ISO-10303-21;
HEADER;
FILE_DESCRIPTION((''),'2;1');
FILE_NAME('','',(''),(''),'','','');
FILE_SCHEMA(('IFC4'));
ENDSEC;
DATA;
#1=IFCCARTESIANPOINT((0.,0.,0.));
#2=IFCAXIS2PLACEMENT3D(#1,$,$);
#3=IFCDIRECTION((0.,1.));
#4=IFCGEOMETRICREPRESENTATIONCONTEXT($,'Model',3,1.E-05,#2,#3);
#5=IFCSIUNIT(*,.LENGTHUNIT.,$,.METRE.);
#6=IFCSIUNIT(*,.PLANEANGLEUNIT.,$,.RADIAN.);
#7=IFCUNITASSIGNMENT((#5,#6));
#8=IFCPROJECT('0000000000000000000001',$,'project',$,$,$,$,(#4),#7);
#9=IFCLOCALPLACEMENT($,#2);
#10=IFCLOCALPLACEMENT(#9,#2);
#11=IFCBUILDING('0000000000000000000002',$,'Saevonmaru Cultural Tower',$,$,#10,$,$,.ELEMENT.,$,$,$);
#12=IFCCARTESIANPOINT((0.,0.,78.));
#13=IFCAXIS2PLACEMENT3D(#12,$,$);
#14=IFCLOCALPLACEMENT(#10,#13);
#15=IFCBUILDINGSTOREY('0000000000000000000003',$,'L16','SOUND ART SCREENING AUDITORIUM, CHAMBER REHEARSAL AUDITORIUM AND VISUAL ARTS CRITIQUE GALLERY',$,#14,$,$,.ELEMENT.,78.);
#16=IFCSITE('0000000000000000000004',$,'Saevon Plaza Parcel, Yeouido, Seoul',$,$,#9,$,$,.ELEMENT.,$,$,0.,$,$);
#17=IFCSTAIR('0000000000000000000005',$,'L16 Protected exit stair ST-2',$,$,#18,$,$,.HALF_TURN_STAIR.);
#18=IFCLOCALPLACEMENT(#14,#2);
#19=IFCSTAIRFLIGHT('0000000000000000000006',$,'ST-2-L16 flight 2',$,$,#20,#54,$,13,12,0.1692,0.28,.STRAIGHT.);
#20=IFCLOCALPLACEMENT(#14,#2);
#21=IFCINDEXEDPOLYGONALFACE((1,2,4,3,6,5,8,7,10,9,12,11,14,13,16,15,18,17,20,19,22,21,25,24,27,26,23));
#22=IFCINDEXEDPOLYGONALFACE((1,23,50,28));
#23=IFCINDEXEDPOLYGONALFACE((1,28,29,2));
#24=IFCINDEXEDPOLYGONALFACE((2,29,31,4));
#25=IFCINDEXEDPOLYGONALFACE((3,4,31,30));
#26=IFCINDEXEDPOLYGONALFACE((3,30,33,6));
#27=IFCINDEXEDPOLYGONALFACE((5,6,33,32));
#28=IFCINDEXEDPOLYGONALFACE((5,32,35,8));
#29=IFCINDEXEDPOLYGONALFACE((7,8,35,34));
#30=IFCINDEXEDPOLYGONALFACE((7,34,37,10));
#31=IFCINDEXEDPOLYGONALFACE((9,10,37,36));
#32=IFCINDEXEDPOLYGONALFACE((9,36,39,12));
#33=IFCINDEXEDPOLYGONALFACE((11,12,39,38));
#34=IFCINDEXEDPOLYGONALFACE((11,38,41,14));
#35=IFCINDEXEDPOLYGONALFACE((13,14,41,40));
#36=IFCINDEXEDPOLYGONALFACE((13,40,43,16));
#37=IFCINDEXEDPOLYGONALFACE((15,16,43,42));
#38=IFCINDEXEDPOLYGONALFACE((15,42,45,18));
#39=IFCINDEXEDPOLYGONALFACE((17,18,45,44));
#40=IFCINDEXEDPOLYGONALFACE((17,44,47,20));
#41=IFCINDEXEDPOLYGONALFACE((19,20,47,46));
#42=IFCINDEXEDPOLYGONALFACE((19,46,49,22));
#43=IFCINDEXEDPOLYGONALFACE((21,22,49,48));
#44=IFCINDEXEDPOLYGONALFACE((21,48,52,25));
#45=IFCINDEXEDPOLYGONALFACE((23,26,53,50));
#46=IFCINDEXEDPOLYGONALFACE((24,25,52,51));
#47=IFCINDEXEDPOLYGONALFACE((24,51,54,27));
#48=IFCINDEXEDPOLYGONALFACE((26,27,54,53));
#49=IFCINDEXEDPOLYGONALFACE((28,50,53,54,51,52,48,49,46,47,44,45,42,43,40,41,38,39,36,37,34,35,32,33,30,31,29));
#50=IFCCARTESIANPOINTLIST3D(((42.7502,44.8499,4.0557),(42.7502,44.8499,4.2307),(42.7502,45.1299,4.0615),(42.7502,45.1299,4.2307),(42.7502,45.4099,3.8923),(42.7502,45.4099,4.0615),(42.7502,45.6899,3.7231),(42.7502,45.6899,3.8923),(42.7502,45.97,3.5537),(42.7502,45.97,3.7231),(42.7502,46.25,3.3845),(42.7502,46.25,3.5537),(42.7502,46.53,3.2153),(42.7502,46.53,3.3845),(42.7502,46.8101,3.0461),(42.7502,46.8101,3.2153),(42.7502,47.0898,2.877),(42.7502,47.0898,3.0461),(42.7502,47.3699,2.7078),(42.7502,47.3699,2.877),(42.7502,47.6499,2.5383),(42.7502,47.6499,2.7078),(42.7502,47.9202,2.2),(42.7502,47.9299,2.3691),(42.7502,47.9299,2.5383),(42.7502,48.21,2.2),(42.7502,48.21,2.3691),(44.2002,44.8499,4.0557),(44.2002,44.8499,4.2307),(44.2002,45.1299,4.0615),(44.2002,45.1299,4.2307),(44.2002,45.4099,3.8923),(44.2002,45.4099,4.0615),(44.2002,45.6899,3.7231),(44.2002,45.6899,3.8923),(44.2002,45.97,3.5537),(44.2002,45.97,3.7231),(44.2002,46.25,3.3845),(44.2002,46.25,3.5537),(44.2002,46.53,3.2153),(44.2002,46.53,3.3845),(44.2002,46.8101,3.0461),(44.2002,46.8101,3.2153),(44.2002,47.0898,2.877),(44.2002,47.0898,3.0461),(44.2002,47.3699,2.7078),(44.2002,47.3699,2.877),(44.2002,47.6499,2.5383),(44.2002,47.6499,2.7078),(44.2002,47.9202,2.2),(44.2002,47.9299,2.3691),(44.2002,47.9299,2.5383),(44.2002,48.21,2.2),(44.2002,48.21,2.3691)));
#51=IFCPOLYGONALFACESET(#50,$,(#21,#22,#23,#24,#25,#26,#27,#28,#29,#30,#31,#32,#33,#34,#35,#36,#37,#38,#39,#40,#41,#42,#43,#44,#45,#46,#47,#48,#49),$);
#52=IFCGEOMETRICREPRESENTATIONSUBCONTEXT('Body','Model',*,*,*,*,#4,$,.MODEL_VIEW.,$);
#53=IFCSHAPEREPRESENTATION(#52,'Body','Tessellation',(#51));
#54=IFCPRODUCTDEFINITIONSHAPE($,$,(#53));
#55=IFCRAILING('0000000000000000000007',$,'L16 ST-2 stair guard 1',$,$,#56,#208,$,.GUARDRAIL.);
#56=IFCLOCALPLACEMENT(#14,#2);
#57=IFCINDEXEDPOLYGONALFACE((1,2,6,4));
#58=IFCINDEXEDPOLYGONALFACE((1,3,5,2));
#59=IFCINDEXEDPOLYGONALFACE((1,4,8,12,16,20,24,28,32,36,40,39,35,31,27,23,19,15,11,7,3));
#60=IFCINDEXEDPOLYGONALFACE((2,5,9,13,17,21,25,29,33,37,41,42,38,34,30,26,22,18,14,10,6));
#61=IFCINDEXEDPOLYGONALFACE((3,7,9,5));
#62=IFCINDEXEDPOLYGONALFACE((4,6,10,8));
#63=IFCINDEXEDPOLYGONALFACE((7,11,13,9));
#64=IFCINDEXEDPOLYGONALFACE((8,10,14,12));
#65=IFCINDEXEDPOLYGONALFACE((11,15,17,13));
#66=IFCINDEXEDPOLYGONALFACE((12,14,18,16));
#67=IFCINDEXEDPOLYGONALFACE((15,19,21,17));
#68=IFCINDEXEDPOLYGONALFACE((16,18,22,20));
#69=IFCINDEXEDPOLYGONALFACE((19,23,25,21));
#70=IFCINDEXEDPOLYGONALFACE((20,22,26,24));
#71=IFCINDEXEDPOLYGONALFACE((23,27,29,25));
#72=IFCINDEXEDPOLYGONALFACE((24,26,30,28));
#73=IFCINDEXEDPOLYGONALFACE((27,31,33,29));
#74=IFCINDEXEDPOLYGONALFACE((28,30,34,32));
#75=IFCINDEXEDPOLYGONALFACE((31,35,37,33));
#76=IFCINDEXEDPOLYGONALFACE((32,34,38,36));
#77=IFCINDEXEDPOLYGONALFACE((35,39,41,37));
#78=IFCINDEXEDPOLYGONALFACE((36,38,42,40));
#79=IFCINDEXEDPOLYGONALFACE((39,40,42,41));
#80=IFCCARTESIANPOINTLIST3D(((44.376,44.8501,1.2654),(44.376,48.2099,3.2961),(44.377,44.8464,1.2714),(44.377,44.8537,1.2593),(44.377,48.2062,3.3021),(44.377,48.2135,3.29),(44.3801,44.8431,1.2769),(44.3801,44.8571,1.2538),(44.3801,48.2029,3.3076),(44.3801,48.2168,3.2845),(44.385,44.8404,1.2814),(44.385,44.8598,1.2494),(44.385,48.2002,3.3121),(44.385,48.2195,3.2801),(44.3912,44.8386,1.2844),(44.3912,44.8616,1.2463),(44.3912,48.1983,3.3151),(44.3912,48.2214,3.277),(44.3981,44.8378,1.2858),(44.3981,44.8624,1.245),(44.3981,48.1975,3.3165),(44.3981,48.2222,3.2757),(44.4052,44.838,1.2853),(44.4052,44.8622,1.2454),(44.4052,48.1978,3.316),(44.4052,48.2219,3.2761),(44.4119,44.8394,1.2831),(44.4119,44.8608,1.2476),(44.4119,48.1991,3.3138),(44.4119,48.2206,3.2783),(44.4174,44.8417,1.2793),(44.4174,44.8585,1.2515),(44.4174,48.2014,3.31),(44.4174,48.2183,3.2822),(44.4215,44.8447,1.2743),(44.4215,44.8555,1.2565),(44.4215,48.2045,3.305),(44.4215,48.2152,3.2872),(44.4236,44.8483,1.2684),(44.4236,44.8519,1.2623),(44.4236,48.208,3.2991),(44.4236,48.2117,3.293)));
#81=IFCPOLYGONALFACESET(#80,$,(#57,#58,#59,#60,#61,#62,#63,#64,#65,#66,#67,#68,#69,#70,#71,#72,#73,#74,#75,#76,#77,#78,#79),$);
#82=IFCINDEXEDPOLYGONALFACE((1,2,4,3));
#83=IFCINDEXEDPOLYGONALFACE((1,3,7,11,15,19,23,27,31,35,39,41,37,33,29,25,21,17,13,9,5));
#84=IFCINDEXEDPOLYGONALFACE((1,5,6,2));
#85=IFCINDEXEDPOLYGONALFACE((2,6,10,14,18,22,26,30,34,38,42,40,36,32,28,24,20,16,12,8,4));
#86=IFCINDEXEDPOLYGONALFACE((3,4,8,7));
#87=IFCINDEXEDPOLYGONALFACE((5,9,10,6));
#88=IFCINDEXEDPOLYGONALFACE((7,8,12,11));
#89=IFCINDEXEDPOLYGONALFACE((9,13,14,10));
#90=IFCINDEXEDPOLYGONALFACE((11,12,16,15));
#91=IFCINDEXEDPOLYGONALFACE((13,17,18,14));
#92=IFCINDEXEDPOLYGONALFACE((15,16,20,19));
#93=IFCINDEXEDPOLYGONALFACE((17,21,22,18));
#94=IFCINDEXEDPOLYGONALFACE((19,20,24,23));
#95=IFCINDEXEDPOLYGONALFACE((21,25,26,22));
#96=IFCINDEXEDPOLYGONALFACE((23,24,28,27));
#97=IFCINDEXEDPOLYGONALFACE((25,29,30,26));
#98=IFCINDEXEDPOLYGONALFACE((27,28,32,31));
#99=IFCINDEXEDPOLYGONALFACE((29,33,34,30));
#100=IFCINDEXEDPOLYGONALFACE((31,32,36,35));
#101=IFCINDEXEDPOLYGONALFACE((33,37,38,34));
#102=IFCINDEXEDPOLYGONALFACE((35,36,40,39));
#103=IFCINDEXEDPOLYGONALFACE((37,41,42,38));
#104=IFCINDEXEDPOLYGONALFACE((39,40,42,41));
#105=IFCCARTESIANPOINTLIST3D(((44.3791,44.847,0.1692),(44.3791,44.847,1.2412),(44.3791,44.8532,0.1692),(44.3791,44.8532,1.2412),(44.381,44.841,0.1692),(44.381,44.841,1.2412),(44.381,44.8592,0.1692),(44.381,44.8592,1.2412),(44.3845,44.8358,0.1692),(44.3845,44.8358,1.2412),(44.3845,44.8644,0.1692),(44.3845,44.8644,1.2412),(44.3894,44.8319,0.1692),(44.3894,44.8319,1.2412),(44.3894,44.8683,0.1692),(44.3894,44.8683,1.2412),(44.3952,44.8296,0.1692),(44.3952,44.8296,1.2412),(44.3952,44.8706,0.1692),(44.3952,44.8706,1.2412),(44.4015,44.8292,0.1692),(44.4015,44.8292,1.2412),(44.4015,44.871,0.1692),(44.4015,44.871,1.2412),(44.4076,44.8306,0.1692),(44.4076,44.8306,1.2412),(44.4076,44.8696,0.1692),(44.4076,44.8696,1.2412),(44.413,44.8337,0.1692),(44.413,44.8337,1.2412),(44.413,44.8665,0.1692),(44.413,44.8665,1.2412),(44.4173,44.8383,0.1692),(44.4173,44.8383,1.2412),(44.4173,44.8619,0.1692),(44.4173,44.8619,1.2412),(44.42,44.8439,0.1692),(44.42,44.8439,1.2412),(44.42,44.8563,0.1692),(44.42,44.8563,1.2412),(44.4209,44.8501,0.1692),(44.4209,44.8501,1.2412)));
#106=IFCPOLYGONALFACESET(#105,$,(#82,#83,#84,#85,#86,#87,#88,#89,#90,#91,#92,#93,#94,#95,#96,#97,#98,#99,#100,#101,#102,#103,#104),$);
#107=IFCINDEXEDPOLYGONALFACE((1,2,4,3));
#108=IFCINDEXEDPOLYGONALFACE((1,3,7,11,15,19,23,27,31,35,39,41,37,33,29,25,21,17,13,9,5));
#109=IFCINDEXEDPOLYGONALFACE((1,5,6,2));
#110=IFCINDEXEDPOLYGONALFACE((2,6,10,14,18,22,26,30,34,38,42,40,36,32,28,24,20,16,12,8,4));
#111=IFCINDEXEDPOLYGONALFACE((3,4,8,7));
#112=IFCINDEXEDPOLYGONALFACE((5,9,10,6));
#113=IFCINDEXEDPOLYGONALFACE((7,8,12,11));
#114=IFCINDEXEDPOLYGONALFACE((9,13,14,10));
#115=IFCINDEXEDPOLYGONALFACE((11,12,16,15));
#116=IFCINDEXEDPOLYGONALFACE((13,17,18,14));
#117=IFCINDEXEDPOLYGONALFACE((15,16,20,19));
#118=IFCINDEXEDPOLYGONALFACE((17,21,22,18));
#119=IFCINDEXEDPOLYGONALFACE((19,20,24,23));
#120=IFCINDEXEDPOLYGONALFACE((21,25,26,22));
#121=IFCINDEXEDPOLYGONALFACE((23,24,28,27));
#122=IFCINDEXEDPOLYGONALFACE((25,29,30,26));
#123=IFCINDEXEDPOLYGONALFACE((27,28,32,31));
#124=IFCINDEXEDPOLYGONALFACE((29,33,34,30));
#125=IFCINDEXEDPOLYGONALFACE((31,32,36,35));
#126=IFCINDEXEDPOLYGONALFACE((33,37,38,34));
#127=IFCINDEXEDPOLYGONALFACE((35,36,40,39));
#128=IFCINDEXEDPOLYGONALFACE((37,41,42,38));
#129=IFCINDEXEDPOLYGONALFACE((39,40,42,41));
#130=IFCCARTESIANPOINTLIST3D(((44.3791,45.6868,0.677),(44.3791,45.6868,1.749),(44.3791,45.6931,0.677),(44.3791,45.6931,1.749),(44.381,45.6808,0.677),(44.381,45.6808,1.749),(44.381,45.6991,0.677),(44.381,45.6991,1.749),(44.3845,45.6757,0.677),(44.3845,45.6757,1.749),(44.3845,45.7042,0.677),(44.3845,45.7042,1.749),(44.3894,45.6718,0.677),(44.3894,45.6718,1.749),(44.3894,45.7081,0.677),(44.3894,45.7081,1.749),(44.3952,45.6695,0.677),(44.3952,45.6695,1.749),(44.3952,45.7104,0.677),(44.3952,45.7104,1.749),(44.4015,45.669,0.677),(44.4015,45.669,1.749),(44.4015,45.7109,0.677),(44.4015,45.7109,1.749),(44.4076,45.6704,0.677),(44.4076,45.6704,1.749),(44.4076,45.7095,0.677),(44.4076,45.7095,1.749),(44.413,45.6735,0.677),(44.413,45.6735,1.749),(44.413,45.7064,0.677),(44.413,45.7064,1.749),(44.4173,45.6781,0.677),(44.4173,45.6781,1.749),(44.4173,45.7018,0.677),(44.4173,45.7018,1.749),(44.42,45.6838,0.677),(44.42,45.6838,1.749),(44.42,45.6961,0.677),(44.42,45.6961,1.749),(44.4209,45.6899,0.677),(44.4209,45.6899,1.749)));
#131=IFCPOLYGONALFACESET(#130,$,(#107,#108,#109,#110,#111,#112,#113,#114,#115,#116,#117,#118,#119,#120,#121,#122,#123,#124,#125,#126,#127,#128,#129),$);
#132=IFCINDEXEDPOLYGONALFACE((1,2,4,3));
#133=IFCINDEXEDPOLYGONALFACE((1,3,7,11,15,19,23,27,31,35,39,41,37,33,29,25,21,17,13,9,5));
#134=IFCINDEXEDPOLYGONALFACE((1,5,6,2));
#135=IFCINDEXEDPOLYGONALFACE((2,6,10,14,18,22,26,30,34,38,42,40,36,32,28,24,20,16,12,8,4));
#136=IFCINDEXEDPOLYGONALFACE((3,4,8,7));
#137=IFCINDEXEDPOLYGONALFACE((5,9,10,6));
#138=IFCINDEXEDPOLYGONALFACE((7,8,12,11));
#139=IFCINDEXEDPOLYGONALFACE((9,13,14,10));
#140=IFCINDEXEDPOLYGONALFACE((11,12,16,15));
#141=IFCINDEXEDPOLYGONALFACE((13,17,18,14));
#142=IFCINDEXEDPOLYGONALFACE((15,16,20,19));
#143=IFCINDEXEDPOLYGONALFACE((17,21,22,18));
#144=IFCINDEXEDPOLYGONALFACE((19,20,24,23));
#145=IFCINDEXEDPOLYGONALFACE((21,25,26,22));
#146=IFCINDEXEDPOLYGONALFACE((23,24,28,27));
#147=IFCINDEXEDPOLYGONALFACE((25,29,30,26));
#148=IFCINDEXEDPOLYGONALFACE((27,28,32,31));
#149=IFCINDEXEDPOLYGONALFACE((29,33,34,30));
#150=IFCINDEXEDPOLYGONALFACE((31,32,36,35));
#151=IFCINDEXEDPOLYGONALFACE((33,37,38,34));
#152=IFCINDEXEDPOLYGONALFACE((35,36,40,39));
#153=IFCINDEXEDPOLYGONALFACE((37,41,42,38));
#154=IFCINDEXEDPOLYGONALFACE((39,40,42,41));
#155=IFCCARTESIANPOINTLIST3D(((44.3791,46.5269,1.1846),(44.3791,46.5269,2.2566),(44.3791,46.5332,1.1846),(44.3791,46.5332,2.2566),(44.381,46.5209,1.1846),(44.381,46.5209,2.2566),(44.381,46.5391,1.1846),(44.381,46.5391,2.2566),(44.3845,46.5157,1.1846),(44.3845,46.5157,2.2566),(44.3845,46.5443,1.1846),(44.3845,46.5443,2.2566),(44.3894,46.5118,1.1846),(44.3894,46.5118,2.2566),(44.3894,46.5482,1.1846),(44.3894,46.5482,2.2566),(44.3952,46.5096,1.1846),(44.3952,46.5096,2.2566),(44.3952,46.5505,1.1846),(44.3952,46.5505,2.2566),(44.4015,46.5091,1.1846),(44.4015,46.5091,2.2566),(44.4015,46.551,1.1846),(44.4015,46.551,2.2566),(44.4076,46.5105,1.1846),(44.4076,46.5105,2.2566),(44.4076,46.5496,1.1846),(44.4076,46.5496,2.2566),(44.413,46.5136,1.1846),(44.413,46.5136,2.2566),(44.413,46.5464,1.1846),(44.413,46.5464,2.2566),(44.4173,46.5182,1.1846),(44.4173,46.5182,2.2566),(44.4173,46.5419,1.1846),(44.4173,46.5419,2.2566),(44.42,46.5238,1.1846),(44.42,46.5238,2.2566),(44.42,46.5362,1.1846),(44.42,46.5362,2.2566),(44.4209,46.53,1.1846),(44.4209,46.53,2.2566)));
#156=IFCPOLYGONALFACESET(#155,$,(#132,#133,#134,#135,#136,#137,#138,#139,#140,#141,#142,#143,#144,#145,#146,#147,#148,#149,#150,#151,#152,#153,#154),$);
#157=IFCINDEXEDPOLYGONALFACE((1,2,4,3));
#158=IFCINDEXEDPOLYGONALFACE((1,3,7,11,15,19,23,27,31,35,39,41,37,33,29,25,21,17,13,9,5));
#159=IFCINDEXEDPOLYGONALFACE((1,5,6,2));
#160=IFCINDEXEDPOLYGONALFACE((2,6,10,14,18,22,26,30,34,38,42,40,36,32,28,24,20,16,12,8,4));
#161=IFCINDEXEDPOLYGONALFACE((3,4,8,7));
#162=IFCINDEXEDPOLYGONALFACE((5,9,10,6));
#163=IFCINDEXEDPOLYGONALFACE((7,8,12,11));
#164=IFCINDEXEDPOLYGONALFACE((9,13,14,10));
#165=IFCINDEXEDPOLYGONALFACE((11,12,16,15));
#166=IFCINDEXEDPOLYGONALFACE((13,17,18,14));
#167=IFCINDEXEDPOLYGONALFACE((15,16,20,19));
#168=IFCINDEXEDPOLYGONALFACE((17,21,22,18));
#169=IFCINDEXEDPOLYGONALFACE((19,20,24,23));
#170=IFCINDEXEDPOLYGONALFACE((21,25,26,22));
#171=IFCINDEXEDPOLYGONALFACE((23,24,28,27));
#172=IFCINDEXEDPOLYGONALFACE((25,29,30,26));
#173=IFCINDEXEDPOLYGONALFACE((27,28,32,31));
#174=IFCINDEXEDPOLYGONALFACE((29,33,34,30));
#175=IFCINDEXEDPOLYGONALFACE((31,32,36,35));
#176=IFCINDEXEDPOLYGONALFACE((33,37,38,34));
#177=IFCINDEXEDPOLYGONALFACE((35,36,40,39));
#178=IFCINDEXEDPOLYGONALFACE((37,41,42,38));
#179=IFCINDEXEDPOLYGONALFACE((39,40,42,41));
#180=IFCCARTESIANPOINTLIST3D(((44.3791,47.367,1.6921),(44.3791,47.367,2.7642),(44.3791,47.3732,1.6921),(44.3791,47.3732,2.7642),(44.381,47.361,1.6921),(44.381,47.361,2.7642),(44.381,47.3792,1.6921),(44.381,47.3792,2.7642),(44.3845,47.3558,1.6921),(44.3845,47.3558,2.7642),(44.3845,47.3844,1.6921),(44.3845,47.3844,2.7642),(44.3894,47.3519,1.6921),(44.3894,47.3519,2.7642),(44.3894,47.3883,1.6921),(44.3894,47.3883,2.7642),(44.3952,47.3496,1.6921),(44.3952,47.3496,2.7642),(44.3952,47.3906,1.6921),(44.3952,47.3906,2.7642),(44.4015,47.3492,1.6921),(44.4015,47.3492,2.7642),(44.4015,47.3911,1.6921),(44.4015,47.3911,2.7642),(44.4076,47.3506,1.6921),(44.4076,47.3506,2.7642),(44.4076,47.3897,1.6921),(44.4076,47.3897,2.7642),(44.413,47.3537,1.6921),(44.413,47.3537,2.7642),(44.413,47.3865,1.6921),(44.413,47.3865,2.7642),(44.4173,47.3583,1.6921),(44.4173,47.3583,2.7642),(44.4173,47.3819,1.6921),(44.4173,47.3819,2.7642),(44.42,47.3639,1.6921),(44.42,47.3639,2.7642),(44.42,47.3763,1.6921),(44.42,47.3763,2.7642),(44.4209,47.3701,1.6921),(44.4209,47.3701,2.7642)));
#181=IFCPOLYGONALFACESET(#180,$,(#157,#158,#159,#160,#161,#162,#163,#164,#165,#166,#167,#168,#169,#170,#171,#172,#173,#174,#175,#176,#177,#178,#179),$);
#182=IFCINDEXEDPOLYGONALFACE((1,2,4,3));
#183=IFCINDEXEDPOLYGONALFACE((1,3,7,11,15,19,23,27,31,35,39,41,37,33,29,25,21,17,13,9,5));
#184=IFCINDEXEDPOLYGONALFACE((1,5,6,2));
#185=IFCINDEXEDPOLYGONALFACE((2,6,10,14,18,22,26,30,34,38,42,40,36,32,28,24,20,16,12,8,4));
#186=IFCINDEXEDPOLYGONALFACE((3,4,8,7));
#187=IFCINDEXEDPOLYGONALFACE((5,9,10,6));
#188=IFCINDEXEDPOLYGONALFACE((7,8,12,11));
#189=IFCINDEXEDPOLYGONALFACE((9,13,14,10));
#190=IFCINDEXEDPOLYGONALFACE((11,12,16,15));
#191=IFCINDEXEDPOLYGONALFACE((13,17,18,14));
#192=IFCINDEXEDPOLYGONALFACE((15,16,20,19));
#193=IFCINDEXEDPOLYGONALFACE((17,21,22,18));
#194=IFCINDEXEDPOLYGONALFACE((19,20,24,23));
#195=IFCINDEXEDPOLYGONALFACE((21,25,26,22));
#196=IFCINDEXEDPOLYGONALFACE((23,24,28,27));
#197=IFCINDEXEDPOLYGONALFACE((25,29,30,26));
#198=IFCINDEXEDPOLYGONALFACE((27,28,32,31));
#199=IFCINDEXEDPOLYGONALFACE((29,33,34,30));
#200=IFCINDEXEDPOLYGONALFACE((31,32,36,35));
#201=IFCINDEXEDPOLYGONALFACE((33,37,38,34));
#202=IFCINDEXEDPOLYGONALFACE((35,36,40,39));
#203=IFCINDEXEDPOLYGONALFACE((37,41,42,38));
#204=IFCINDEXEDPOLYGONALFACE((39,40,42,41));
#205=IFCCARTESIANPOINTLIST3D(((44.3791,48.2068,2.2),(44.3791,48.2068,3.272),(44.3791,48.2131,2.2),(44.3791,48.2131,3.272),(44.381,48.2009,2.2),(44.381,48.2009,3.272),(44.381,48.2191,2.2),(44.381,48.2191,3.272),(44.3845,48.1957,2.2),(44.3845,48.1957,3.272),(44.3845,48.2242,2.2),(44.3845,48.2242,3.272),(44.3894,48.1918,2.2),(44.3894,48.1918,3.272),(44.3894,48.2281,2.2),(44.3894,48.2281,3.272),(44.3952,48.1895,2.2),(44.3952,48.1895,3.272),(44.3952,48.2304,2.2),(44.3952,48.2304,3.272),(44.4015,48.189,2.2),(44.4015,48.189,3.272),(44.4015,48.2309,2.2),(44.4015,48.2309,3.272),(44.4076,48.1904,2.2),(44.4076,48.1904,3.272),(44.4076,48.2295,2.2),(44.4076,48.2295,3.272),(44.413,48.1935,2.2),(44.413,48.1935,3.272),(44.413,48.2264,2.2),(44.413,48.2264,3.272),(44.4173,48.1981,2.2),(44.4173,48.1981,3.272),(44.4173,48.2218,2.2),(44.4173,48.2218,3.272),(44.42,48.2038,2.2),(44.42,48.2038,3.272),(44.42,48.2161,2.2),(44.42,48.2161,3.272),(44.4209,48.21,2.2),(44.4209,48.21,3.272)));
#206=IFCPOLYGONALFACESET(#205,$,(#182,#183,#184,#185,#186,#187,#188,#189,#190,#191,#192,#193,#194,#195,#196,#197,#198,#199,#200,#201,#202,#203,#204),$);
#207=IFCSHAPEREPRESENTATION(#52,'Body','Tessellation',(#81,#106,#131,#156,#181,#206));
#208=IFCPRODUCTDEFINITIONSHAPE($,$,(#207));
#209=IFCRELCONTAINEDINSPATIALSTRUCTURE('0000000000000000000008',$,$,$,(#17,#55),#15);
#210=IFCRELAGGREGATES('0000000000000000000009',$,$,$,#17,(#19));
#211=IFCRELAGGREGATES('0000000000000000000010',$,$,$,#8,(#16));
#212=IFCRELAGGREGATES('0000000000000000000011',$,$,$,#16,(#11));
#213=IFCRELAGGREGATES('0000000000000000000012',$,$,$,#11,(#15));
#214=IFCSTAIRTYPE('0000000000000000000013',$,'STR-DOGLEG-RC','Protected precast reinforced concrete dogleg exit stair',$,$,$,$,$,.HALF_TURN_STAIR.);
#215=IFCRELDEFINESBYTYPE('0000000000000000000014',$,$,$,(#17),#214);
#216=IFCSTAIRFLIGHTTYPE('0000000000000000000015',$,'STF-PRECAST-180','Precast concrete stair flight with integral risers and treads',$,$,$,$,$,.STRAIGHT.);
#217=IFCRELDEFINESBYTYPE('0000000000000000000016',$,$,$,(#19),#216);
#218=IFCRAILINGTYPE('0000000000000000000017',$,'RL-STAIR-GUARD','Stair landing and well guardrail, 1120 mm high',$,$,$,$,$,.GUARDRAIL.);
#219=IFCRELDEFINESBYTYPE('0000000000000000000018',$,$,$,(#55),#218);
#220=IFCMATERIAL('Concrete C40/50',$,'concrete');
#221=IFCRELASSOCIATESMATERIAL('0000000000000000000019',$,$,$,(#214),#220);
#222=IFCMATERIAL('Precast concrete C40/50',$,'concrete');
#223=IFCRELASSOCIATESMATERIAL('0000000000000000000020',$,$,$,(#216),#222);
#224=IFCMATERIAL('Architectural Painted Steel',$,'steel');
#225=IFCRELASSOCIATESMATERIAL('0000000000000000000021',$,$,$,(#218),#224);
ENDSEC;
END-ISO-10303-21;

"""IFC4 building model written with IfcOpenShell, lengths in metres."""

from ifc_helpers import new_model, si_unit, direction, frame, origin, origin_2d, place, context, subcontext, project, spatial, polyline, circle, outline, extrude, material, type_object, element, aggregate, save


model = new_model("IFC4")

# Units and contexts
model_context = context("Model", 3, precision=1e-05, world=origin(), true_north=direction((0.0, 1.0)))
body_context = subcontext(model_context, "Body", "Model", "MODEL_VIEW")
ifc_project = project(units=[si_unit("LENGTHUNIT", "METRE"), si_unit("PLANEANGLEUNIT", "RADIAN")], contexts=[model_context])

# Site, building, storey
site_placement = place(None, origin())
site = spatial("IfcSite", under=ifc_project, at=site_placement, Name="Saevon Plaza Parcel, Yeouido, Seoul", CompositionType="ELEMENT", RefElevation=0.0)
building_placement = place(site_placement, origin())
building = spatial("IfcBuilding", under=site, at=building_placement, Name="Saevonmaru Cultural Tower", CompositionType="ELEMENT")
storey_placement = place(building_placement, frame((0.0, 0.0, 78.0)))
storey = spatial("IfcBuildingStorey", under=building, at=storey_placement, Name="L16", Description="SOUND ART SCREENING AUDITORIUM, CHAMBER REHEARSAL AUDITORIUM AND VISUAL ARTS CRITIQUE GALLERY", CompositionType="ELEMENT", Elevation=78.0)

# Shared definitions
ifc_material_1 = material(Name="Concrete C40/50", Category="concrete")

# Stair, stair flight
stair_type = type_object("IfcStairType", Name="STR-DOGLEG-RC", Description="Protected precast reinforced concrete dogleg exit stair", PredefinedType="HALF_TURN_STAIR", material=ifc_material_1)
stair_placement = place(storey_placement, origin())
stair = element("IfcStair", 1, at=stair_placement, inside=storey, type_object=stair_type, Name="L16 Protected exit stair ST-2", PredefinedType="HALF_TURN_STAIR")
ifc_material_2 = material(Name="Precast concrete C40/50", Category="concrete")
stair_flight_type = type_object("IfcStairFlightType", Name="STF-PRECAST-180", Description="Precast concrete stair flight with integral risers and treads", PredefinedType="STRAIGHT", material=ifc_material_2)
stair_flight_1_placement = place(storey_placement, frame((43.4751, 48.21, 2.2), z_axis=(0.0, 0.0, 1.0), x_axis=(0.0, -1.0, 0.0)))
stair_flight_1 = element("IfcStairFlight", 2, at=stair_flight_1_placement, type_object=stair_flight_type, Name="ST-2-L16 flight 2", NumberOfRisers=13, NumberOfTreads=12, PredefinedType="STRAIGHT", RiserHeight=0.1692, TreadLength=0.28, context=body_context, shape_type="SweptSolid", body=[
    extrude(outline(polyline([(0.0, 0.0), (0.0, 0.1692), (0.28, 0.1692), (0.28, 0.3384), (0.5601, 0.3384), (0.5601, 0.5078), (0.8401, 0.5078), (0.8401, 0.677), (1.1201, 0.677), (1.1201, 0.8462), (1.3999, 0.8462), (1.3999, 1.0154), (1.6799, 1.0154), (1.6799, 1.1846), (1.96, 1.1846), (1.96, 1.3538), (2.24, 1.3538), (2.24, 1.5232), (2.52, 1.5232), (2.52, 1.6924), (2.8, 1.6924), (2.8, 1.8616), (3.0801, 1.8616), (3.0801, 2.0308), (3.3601, 2.0308), (3.3601, 2.2), (3.3601, 1.8557), (0.2898, 0.0), (0.0, 0.0)])), frame((0.0, 0.7251, 0.0), z_axis=(0.0, -1.0, 0.0), x_axis=(1.0, 0.0, 0.0)), (0.0, 0.0, 1.0), 1.45),
])
aggregate(stair, [stair_flight_1])

# Railing
ifc_material_3 = material(Name="Architectural Painted Steel", Category="steel")
railing_type_1 = type_object("IfcRailingType", Name="RL-STAIR-GUARD", Description="Stair landing and well guardrail, 1120 mm high", PredefinedType="GUARDRAIL", material=ifc_material_3)
railing_1_placement = place(storey_placement, frame((44.3999, 44.8501, 0.1692)))
element("IfcRailing", 3, at=railing_1_placement, inside=storey, type_object=railing_type_1, Name="L16 ST-2 stair guard 1", PredefinedType="GUARDRAIL", context=body_context, shape_type="SweptSolid", body=[
    extrude(circle(Radius=0.0239, at=origin_2d()), frame((0.0, 0.0, 1.0962), z_axis=(0.0, 0.85582, 0.517273), x_axis=(-1.0, 0.0, 0.0)), (0.0, 0.0, 1.0), 3.9258),
    extrude(circle(Radius=0.021, at=origin_2d()), origin(), (0.0, 0.0, 1.0), 1.072),
    extrude(circle(Radius=0.021, at=origin_2d()), frame((0.0, 0.8398, 0.5078)), (0.0, 0.0, 1.0), 1.072),
    extrude(circle(Radius=0.021, at=origin_2d()), frame((0.0, 1.6799, 1.0154)), (0.0, 0.0, 1.0), 1.072),
    extrude(circle(Radius=0.021, at=origin_2d()), frame((0.0, 2.52, 1.5229)), (0.0, 0.0, 1.0), 1.072),
    extrude(circle(Radius=0.021, at=origin_2d()), frame((0.0, 3.3599, 2.0308)), (0.0, 0.0, 1.0), 1.072),
])

save(model, "model.ifc")
